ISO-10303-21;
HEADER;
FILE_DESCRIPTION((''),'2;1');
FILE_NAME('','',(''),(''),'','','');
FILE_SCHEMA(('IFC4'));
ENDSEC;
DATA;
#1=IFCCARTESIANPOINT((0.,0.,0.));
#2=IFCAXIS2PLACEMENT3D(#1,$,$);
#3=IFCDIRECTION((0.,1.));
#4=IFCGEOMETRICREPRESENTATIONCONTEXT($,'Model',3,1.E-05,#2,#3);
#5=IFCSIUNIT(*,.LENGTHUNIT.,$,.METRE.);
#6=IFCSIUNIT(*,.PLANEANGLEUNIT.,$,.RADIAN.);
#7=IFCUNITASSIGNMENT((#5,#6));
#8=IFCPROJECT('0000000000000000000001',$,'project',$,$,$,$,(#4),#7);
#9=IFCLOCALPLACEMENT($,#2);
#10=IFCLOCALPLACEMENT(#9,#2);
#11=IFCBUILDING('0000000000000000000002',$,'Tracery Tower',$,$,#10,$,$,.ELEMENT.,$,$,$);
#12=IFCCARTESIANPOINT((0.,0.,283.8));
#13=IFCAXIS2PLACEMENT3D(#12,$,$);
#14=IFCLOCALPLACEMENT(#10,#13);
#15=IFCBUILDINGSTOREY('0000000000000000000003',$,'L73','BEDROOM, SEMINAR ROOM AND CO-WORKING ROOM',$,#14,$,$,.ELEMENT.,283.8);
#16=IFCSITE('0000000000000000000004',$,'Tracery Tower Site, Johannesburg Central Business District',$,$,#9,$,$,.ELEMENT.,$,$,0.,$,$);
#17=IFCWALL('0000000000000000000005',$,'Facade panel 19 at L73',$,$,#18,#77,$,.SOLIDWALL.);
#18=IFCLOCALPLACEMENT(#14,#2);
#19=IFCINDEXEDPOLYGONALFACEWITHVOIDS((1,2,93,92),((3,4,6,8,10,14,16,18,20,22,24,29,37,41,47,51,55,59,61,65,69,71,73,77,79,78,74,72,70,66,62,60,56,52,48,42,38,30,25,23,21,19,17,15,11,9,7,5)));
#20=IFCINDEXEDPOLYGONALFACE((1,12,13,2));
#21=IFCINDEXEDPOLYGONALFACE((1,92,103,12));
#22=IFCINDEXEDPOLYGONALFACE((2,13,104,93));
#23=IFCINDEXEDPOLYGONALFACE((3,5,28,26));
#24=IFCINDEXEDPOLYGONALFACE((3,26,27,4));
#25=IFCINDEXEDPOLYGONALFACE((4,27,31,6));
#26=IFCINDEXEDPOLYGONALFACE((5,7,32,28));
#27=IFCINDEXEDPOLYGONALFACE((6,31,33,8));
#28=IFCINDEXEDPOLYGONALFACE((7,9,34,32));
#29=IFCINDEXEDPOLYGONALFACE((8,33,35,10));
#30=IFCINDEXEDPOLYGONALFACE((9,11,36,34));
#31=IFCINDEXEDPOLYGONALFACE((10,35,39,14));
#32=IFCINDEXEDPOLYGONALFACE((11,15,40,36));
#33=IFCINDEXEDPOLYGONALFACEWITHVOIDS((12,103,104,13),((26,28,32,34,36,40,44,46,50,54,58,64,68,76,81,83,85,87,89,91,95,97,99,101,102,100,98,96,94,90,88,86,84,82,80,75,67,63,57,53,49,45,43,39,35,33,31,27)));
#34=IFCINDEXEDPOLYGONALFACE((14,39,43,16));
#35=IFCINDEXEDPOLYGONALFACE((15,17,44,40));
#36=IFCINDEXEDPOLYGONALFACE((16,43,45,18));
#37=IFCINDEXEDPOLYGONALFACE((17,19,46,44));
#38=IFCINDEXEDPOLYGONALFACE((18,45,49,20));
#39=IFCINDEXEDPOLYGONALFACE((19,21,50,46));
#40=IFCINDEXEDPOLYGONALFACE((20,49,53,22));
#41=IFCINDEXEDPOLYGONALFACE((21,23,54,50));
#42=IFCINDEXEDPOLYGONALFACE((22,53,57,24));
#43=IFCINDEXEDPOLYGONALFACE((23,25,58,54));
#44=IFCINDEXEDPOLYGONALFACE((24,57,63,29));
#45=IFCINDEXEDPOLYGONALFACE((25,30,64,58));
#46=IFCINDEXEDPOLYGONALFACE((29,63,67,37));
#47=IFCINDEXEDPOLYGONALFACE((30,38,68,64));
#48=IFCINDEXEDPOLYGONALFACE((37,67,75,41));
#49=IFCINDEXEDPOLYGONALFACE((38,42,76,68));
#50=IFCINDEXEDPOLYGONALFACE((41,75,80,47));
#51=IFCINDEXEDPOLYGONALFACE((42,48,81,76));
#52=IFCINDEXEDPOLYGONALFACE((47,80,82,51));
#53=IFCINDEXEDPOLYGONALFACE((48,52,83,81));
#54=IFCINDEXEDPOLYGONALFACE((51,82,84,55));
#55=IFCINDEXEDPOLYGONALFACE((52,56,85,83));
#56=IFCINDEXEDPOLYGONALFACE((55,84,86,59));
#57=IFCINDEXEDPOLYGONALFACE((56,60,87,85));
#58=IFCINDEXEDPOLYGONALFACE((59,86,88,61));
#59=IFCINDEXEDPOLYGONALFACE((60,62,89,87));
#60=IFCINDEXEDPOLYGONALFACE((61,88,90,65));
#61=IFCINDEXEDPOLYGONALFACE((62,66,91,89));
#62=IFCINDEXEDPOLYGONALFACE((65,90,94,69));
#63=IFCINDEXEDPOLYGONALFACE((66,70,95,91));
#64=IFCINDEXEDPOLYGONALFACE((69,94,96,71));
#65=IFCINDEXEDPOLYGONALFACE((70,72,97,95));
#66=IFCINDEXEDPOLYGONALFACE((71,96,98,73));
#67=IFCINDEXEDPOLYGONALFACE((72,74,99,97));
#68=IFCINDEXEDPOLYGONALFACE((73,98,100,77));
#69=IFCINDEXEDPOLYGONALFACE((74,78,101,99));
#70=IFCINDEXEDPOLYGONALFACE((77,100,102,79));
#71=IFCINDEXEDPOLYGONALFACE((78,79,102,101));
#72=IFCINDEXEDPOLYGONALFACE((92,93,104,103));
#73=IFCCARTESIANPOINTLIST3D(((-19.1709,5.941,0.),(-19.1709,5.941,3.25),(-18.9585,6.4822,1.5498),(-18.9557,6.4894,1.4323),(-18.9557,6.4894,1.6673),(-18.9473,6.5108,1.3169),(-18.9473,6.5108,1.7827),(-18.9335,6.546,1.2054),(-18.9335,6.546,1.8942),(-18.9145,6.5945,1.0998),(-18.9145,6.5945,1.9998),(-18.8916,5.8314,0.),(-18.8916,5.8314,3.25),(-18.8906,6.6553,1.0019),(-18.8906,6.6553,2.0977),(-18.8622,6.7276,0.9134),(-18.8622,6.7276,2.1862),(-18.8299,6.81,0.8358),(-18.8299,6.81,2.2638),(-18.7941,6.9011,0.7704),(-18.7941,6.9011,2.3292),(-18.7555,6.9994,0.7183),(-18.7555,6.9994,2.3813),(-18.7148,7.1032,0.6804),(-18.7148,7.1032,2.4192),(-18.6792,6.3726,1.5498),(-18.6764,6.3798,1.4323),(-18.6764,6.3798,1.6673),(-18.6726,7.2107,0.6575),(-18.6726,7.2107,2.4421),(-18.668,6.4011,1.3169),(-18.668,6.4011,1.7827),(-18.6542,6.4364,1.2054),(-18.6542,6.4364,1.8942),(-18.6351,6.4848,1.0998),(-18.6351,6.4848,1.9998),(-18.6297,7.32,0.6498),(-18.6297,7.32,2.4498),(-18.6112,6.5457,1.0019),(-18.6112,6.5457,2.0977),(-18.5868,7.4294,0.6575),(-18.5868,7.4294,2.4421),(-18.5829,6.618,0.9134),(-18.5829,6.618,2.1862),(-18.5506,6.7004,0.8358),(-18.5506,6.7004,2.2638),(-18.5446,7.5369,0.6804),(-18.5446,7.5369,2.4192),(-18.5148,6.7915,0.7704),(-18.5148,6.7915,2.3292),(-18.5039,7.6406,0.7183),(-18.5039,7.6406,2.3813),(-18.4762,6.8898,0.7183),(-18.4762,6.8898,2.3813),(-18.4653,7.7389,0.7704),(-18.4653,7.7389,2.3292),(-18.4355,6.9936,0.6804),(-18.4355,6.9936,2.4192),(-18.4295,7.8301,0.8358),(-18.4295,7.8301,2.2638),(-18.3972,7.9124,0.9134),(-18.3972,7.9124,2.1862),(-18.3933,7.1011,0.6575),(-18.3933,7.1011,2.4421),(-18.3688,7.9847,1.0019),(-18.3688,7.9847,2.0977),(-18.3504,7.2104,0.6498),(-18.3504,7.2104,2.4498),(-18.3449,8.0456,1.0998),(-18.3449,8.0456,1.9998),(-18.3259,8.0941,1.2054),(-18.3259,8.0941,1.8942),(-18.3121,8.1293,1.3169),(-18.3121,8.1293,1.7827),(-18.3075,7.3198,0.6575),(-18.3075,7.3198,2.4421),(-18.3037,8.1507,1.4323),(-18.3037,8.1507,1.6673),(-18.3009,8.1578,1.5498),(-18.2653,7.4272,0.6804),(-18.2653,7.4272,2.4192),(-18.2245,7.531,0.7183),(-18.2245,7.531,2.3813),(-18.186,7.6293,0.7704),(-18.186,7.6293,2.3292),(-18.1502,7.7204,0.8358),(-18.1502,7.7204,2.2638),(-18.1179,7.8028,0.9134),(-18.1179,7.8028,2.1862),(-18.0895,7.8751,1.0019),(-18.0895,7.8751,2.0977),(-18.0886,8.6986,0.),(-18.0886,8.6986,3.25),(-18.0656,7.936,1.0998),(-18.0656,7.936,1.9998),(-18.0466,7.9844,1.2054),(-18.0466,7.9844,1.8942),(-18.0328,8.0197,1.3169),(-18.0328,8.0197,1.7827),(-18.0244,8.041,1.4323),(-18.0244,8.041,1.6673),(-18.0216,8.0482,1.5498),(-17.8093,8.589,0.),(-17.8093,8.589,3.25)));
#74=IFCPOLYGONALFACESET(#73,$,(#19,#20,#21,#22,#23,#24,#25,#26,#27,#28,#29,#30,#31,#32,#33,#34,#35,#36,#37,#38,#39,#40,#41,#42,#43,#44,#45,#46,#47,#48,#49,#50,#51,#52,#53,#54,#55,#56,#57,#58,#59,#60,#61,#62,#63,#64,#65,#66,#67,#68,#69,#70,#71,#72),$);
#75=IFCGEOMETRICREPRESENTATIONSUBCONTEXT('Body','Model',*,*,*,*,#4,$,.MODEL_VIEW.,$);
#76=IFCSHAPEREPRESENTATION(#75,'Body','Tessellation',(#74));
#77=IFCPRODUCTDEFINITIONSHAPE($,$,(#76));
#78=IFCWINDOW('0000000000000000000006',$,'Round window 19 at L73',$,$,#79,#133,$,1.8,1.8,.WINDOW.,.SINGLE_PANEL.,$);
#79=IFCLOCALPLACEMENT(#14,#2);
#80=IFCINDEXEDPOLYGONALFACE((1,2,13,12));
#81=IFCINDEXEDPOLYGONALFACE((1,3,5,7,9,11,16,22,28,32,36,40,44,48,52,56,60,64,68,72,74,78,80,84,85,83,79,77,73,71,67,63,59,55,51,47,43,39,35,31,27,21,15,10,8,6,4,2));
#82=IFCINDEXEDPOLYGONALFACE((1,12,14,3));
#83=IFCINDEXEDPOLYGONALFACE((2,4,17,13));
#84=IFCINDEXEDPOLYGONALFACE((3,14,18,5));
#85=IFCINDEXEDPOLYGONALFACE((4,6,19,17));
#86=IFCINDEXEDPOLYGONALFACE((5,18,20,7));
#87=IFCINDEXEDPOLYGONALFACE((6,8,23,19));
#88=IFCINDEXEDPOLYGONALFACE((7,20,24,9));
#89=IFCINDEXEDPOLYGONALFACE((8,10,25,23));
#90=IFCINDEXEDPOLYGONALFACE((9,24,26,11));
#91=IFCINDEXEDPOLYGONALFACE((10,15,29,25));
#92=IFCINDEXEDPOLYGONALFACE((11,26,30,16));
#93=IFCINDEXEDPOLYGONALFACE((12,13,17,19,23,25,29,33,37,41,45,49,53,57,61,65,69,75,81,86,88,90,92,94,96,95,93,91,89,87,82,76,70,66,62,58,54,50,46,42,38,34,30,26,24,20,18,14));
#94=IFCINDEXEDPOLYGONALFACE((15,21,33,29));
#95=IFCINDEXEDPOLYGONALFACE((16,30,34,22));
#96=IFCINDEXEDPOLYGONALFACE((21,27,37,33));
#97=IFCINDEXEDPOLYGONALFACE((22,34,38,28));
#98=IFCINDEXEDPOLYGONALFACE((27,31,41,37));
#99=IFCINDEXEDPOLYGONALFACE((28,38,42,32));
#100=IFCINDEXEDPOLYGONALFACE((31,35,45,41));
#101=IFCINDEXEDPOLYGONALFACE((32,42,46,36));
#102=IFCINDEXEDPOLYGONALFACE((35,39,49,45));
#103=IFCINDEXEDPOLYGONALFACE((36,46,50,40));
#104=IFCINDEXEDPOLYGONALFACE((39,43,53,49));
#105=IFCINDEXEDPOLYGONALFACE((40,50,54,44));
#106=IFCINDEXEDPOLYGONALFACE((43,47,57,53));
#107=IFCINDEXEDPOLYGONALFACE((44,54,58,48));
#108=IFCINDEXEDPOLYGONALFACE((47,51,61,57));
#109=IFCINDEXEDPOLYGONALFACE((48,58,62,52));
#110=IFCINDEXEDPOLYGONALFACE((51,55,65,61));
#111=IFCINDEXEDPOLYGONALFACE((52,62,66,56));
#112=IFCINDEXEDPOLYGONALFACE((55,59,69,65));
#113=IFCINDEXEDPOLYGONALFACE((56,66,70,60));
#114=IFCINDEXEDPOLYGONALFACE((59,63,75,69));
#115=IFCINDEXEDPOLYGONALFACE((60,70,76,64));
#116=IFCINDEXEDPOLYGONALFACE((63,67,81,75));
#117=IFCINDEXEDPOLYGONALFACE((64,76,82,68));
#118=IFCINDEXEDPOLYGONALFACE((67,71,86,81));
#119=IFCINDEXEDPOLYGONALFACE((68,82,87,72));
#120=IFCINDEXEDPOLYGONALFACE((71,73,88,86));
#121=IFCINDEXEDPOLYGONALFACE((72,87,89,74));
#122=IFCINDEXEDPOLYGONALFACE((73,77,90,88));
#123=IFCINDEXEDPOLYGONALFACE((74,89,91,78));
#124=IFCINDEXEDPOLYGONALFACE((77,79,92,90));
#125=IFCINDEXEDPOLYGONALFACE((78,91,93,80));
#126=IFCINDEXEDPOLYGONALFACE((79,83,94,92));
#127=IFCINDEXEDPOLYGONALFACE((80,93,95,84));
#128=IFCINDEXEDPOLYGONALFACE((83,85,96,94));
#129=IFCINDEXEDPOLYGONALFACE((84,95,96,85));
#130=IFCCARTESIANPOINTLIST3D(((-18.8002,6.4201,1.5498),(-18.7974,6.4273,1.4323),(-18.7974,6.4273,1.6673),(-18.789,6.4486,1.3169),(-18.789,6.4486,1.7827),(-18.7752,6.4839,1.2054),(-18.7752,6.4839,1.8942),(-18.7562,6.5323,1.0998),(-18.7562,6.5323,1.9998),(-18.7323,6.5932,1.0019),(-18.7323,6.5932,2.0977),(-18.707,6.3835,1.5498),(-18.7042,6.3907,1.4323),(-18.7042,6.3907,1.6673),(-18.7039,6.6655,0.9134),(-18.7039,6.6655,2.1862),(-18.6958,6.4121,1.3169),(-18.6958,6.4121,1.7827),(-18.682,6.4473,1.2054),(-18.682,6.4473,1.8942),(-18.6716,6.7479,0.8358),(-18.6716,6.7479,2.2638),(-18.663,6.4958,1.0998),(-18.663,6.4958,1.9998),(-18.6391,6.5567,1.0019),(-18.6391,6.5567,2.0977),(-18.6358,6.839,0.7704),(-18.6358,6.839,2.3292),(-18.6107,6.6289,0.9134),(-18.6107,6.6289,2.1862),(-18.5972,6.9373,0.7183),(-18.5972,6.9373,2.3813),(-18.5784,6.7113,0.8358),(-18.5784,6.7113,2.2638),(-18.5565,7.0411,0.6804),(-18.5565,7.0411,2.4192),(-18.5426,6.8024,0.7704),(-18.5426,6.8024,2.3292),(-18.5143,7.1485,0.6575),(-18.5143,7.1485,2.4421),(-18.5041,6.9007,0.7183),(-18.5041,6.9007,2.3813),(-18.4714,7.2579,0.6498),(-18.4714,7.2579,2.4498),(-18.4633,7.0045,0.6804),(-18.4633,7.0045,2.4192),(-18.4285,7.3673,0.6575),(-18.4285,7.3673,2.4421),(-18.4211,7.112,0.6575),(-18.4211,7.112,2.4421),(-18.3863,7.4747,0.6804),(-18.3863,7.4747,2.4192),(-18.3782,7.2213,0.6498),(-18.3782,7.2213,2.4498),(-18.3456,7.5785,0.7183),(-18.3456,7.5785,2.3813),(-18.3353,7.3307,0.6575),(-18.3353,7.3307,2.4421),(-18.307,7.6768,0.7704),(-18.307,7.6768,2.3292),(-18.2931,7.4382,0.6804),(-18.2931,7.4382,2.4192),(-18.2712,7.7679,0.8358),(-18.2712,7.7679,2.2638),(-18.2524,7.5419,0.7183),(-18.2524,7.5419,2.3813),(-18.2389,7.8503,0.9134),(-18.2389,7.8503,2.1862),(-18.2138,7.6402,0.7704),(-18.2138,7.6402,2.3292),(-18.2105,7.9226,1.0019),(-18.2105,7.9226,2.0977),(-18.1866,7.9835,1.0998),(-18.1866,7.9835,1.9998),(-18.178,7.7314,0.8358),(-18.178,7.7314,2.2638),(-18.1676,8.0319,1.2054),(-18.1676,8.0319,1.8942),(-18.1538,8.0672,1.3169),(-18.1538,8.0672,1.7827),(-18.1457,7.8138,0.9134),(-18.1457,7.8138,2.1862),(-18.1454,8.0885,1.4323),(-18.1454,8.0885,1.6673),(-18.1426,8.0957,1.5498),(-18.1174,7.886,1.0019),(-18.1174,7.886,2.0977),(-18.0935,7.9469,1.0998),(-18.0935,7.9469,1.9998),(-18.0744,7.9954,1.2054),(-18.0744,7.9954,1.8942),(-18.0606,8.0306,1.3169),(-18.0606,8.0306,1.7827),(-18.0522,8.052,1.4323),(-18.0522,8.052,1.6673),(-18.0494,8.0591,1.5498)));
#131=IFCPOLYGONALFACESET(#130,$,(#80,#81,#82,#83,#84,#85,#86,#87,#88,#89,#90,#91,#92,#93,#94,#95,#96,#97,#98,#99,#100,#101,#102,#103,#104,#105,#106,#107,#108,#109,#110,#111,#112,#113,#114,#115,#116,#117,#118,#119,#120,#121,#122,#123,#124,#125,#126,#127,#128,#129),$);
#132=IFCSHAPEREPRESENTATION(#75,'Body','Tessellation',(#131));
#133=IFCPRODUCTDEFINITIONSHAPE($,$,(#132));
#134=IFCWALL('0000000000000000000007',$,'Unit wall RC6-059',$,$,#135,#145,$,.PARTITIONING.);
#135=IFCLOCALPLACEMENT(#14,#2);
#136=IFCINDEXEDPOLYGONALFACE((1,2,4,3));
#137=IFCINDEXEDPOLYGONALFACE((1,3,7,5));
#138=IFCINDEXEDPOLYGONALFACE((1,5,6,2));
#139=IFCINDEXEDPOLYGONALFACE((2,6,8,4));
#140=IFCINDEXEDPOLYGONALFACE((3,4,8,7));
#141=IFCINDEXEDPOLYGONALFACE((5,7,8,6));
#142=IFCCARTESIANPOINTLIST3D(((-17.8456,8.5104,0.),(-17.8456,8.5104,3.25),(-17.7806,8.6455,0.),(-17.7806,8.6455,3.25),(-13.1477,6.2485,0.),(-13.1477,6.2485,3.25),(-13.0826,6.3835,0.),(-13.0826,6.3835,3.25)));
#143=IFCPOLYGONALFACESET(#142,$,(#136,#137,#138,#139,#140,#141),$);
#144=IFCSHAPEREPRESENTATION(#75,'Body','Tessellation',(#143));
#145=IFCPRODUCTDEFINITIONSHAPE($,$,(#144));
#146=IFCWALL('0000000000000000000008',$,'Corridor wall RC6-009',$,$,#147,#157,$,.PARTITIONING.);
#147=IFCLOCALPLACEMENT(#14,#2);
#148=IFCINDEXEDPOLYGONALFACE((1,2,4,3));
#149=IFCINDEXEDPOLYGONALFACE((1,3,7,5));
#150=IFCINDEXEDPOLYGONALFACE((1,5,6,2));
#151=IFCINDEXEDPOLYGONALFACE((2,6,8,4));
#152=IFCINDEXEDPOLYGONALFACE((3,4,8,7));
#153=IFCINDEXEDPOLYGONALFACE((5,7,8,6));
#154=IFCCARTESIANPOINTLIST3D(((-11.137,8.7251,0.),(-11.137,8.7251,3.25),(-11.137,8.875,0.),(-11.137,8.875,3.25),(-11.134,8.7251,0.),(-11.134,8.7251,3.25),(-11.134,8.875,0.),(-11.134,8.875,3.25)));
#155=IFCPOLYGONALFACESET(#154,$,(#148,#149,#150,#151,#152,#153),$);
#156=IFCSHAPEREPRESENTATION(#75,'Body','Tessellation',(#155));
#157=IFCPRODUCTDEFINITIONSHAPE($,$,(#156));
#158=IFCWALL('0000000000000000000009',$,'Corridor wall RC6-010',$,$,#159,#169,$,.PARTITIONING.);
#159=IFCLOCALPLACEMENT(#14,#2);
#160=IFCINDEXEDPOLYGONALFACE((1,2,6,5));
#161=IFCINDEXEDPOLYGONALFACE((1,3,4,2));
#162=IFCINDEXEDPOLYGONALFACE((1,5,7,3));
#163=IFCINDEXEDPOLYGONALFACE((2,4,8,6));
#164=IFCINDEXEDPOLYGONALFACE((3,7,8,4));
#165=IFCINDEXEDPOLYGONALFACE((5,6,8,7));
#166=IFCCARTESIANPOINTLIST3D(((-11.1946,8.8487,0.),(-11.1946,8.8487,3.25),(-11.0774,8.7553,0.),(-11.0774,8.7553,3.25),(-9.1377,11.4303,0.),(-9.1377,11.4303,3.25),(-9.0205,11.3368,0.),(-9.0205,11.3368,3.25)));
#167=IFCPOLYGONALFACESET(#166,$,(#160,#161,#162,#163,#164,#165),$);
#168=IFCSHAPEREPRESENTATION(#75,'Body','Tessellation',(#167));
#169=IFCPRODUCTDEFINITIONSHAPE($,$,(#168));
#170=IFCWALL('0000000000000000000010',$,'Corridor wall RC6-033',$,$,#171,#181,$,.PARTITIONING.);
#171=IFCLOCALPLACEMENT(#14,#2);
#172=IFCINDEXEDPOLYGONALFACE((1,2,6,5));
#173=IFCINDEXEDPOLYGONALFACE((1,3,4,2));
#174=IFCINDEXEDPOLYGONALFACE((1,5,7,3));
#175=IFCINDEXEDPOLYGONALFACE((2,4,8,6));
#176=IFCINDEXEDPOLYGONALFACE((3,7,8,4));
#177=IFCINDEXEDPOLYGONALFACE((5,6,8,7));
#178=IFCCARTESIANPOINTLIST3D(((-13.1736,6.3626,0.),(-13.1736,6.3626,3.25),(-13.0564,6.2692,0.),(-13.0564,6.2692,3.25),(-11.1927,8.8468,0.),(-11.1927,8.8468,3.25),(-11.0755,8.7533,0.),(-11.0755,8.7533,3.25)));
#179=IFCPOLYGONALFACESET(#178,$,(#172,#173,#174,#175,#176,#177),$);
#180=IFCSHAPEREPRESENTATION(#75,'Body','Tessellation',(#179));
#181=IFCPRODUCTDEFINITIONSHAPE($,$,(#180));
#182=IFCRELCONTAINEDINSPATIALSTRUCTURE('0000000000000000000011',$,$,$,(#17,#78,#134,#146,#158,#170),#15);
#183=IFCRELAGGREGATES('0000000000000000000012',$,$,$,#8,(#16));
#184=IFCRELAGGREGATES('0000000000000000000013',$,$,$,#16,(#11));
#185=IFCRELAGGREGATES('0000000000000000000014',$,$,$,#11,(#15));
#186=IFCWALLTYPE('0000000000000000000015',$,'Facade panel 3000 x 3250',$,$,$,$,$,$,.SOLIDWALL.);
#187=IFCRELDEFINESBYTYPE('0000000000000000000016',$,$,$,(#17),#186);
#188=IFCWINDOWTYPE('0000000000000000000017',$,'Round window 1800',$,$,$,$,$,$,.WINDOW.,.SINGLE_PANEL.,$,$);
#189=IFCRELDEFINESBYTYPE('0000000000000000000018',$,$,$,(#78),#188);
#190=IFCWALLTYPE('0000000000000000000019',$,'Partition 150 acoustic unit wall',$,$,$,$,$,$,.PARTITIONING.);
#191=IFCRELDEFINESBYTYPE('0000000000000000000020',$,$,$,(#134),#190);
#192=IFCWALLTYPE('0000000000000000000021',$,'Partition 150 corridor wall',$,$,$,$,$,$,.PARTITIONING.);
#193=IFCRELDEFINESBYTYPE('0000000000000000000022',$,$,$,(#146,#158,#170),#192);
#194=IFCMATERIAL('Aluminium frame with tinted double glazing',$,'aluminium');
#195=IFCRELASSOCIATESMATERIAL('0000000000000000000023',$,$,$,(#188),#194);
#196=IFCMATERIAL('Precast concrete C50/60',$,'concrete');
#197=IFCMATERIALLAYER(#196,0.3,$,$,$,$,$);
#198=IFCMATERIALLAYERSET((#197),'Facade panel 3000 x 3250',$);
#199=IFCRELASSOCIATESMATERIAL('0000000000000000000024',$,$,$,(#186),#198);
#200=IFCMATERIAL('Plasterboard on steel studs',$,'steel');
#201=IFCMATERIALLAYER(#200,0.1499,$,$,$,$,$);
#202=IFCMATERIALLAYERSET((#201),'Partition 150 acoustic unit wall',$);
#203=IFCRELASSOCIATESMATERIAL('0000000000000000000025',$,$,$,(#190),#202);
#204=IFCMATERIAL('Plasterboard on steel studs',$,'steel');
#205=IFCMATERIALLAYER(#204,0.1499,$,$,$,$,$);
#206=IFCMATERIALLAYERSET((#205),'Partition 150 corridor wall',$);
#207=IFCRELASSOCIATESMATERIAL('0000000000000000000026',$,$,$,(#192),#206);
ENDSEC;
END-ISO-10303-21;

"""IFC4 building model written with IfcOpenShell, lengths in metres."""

from ifc_helpers import new_model, si_unit, direction, frame, frame_2d, origin, origin_2d, place, context, subcontext, project, spatial, rectangle, circle, extrude, material, layer, layer_set, type_object, element, fill, save


model = new_model("IFC4")

# Units and contexts
model_context = context("Model", 3, precision=1e-05, world=origin(), true_north=direction((0.0, 1.0)))
body_context = subcontext(model_context, "Body", "Model", "MODEL_VIEW")
ifc_project = project(units=[si_unit("LENGTHUNIT", "METRE"), si_unit("PLANEANGLEUNIT", "RADIAN")], contexts=[model_context])

# Site, building, storey
site_placement = place(None, origin())
site = spatial("IfcSite", under=ifc_project, at=site_placement, Name="Tracery Tower Site, Johannesburg Central Business District", CompositionType="ELEMENT", RefElevation=0.0)
building_placement = place(site_placement, origin())
building = spatial("IfcBuilding", under=site, at=building_placement, Name="Tracery Tower", CompositionType="ELEMENT")
storey_placement = place(building_placement, frame((0.0, 0.0, 283.8)))
storey = spatial("IfcBuildingStorey", under=building, at=storey_placement, Name="L73", Description="BEDROOM, SEMINAR ROOM AND CO-WORKING ROOM", CompositionType="ELEMENT", Elevation=283.8)

# Wall, opening, window
ifc_material_1 = material(Name="Aluminium frame with tinted double glazing", Category="aluminium")
window_type = type_object("IfcWindowType", Name="Round window 1800", PartitioningType="SINGLE_PANEL", PredefinedType="WINDOW", material=ifc_material_1)
ifc_material_2 = material(Name="Precast concrete C50/60", Category="concrete")
ifc_layer_1 = layer(ifc_material_2, 0.3)
ifc_layer_set_1 = layer_set([ifc_layer_1], Name="Facade panel 3000 x 3250")
wall_type_1 = type_object("IfcWallType", Name="Facade panel 3000 x 3250", PredefinedType="SOLIDWALL", material=ifc_layer_set_1)
wall_1_placement = place(storey_placement, frame((-17.949, 8.6438, 0.0), z_axis=(0.0, 0.0, 1.0), x_axis=(-0.365344, -0.930873, 0.0)))
wall_1 = element("IfcWall", 1, at=wall_1_placement, inside=storey, type_object=wall_type_1, Name="Facade panel 19 at L73", PredefinedType="SOLIDWALL", context=body_context, shape_type="SweptSolid", body=[
    extrude(rectangle(XDim=2.9624, YDim=0.3, at=frame_2d((1.4812, 0.0))), origin(), (0.0, 0.0, 1.0), 3.25),
])
opening_1_placement = place(wall_1_placement, frame((1.481, 0.0, 1.5498)))
opening_1 = element("IfcOpeningElement", 2, at=opening_1_placement, cuts=wall_1, PredefinedType="OPENING", context=body_context, shape_type="SweptSolid", body=[
    extrude(circle(Radius=0.9, at=origin_2d()), frame((0.0, 0.1599, 0.0), z_axis=(0.0, -1.0, 0.0), x_axis=(1.0, 0.0, 0.0)), (0.0, 0.0, 1.0), 0.3201),
])
window_1_placement = place(opening_1_placement, origin())
window_1 = element("IfcWindow", 3, at=window_1_placement, inside=storey, type_object=window_type, Name="Round window 19 at L73", OverallHeight=1.8, OverallWidth=1.8, PartitioningType="SINGLE_PANEL", PredefinedType="WINDOW", context=body_context, shape_type="SweptSolid", body=[
    extrude(circle(Radius=0.9, at=origin_2d()), frame((0.0, 0.1201, 0.0), z_axis=(0.0, -1.0, 0.0), x_axis=(1.0, 0.0, 0.0)), (0.0, 0.0, 1.0), 0.1001),
])
fill(opening_1, window_1)

# Walls
ifc_material_3 = material(Name="Plasterboard on steel studs", Category="steel")
ifc_layer_2 = layer(ifc_material_3, 0.1499)
ifc_layer_set_2 = layer_set([ifc_layer_2], Name="Partition 150 acoustic unit wall")
wall_type_2 = type_object("IfcWallType", Name="Partition 150 acoustic unit wall", PredefinedType="PARTITIONING", material=ifc_layer_set_2)
wall_2_placement = place(storey_placement, frame((-17.813, 8.5779, 0.0), z_axis=(0.0, 0.0, 1.0), x_axis=(0.901004, -0.43381, 0.0)))
element("IfcWall", 4, at=wall_2_placement, inside=storey, type_object=wall_type_2, Name="Unit wall RC6-059", PredefinedType="PARTITIONING", context=body_context, shape_type="SweptSolid", body=[
    extrude(rectangle(XDim=5.2141, YDim=0.1499, at=frame_2d((2.6069, 0.0))), origin(), (0.0, 0.0, 1.0), 3.25),
])
ifc_material_4 = material(Name="Plasterboard on steel studs", Category="steel")
ifc_layer_3 = layer(ifc_material_4, 0.1499)
ifc_layer_set_3 = layer_set([ifc_layer_3], Name="Partition 150 corridor wall")
wall_type_3 = type_object("IfcWallType", Name="Partition 150 corridor wall", PredefinedType="PARTITIONING", material=ifc_layer_set_3)
wall_3_placement = place(storey_placement, frame((-11.134, 8.8, 0.0), z_axis=(0.0, 0.0, 1.0), x_axis=(-1.0, 0.0, 0.0)))
element("IfcWall", 5, at=wall_3_placement, inside=storey, type_object=wall_type_3, Name="Corridor wall RC6-009", PredefinedType="PARTITIONING", context=body_context, shape_type="SweptSolid", body=[
    extrude(rectangle(XDim=0.0029, YDim=0.1499, at=frame_2d((0.0015, 0.0))), origin(), (0.0, 0.0, 1.0), 3.25),
])
wall_4_placement = place(storey_placement, frame((-11.136, 8.802, 0.0), z_axis=(0.0, 0.0, 1.0), x_axis=(0.623151, 0.782101, 0.0)))
element("IfcWall", 6, at=wall_4_placement, inside=storey, type_object=wall_type_3, Name="Corridor wall RC6-010", PredefinedType="PARTITIONING", context=body_context, shape_type="SweptSolid", body=[
    extrude(rectangle(XDim=3.3008, YDim=0.1499, at=frame_2d((1.6504, 0.0))), origin(), (0.0, 0.0, 1.0), 3.25),
])
wall_5_placement = place(storey_placement, frame((-13.115, 6.3159, 0.0), z_axis=(0.0, 0.0, 1.0), x_axis=(0.623476, 0.781842, 0.0)))
element("IfcWall", 7, at=wall_5_placement, inside=storey, type_object=wall_type_3, Name="Corridor wall RC6-033", PredefinedType="PARTITIONING", context=body_context, shape_type="SweptSolid", body=[
    extrude(rectangle(XDim=3.1772, YDim=0.1499, at=frame_2d((1.5886, 0.0))), origin(), (0.0, 0.0, 1.0), 3.25),
])

save(model, "model.ifc")
